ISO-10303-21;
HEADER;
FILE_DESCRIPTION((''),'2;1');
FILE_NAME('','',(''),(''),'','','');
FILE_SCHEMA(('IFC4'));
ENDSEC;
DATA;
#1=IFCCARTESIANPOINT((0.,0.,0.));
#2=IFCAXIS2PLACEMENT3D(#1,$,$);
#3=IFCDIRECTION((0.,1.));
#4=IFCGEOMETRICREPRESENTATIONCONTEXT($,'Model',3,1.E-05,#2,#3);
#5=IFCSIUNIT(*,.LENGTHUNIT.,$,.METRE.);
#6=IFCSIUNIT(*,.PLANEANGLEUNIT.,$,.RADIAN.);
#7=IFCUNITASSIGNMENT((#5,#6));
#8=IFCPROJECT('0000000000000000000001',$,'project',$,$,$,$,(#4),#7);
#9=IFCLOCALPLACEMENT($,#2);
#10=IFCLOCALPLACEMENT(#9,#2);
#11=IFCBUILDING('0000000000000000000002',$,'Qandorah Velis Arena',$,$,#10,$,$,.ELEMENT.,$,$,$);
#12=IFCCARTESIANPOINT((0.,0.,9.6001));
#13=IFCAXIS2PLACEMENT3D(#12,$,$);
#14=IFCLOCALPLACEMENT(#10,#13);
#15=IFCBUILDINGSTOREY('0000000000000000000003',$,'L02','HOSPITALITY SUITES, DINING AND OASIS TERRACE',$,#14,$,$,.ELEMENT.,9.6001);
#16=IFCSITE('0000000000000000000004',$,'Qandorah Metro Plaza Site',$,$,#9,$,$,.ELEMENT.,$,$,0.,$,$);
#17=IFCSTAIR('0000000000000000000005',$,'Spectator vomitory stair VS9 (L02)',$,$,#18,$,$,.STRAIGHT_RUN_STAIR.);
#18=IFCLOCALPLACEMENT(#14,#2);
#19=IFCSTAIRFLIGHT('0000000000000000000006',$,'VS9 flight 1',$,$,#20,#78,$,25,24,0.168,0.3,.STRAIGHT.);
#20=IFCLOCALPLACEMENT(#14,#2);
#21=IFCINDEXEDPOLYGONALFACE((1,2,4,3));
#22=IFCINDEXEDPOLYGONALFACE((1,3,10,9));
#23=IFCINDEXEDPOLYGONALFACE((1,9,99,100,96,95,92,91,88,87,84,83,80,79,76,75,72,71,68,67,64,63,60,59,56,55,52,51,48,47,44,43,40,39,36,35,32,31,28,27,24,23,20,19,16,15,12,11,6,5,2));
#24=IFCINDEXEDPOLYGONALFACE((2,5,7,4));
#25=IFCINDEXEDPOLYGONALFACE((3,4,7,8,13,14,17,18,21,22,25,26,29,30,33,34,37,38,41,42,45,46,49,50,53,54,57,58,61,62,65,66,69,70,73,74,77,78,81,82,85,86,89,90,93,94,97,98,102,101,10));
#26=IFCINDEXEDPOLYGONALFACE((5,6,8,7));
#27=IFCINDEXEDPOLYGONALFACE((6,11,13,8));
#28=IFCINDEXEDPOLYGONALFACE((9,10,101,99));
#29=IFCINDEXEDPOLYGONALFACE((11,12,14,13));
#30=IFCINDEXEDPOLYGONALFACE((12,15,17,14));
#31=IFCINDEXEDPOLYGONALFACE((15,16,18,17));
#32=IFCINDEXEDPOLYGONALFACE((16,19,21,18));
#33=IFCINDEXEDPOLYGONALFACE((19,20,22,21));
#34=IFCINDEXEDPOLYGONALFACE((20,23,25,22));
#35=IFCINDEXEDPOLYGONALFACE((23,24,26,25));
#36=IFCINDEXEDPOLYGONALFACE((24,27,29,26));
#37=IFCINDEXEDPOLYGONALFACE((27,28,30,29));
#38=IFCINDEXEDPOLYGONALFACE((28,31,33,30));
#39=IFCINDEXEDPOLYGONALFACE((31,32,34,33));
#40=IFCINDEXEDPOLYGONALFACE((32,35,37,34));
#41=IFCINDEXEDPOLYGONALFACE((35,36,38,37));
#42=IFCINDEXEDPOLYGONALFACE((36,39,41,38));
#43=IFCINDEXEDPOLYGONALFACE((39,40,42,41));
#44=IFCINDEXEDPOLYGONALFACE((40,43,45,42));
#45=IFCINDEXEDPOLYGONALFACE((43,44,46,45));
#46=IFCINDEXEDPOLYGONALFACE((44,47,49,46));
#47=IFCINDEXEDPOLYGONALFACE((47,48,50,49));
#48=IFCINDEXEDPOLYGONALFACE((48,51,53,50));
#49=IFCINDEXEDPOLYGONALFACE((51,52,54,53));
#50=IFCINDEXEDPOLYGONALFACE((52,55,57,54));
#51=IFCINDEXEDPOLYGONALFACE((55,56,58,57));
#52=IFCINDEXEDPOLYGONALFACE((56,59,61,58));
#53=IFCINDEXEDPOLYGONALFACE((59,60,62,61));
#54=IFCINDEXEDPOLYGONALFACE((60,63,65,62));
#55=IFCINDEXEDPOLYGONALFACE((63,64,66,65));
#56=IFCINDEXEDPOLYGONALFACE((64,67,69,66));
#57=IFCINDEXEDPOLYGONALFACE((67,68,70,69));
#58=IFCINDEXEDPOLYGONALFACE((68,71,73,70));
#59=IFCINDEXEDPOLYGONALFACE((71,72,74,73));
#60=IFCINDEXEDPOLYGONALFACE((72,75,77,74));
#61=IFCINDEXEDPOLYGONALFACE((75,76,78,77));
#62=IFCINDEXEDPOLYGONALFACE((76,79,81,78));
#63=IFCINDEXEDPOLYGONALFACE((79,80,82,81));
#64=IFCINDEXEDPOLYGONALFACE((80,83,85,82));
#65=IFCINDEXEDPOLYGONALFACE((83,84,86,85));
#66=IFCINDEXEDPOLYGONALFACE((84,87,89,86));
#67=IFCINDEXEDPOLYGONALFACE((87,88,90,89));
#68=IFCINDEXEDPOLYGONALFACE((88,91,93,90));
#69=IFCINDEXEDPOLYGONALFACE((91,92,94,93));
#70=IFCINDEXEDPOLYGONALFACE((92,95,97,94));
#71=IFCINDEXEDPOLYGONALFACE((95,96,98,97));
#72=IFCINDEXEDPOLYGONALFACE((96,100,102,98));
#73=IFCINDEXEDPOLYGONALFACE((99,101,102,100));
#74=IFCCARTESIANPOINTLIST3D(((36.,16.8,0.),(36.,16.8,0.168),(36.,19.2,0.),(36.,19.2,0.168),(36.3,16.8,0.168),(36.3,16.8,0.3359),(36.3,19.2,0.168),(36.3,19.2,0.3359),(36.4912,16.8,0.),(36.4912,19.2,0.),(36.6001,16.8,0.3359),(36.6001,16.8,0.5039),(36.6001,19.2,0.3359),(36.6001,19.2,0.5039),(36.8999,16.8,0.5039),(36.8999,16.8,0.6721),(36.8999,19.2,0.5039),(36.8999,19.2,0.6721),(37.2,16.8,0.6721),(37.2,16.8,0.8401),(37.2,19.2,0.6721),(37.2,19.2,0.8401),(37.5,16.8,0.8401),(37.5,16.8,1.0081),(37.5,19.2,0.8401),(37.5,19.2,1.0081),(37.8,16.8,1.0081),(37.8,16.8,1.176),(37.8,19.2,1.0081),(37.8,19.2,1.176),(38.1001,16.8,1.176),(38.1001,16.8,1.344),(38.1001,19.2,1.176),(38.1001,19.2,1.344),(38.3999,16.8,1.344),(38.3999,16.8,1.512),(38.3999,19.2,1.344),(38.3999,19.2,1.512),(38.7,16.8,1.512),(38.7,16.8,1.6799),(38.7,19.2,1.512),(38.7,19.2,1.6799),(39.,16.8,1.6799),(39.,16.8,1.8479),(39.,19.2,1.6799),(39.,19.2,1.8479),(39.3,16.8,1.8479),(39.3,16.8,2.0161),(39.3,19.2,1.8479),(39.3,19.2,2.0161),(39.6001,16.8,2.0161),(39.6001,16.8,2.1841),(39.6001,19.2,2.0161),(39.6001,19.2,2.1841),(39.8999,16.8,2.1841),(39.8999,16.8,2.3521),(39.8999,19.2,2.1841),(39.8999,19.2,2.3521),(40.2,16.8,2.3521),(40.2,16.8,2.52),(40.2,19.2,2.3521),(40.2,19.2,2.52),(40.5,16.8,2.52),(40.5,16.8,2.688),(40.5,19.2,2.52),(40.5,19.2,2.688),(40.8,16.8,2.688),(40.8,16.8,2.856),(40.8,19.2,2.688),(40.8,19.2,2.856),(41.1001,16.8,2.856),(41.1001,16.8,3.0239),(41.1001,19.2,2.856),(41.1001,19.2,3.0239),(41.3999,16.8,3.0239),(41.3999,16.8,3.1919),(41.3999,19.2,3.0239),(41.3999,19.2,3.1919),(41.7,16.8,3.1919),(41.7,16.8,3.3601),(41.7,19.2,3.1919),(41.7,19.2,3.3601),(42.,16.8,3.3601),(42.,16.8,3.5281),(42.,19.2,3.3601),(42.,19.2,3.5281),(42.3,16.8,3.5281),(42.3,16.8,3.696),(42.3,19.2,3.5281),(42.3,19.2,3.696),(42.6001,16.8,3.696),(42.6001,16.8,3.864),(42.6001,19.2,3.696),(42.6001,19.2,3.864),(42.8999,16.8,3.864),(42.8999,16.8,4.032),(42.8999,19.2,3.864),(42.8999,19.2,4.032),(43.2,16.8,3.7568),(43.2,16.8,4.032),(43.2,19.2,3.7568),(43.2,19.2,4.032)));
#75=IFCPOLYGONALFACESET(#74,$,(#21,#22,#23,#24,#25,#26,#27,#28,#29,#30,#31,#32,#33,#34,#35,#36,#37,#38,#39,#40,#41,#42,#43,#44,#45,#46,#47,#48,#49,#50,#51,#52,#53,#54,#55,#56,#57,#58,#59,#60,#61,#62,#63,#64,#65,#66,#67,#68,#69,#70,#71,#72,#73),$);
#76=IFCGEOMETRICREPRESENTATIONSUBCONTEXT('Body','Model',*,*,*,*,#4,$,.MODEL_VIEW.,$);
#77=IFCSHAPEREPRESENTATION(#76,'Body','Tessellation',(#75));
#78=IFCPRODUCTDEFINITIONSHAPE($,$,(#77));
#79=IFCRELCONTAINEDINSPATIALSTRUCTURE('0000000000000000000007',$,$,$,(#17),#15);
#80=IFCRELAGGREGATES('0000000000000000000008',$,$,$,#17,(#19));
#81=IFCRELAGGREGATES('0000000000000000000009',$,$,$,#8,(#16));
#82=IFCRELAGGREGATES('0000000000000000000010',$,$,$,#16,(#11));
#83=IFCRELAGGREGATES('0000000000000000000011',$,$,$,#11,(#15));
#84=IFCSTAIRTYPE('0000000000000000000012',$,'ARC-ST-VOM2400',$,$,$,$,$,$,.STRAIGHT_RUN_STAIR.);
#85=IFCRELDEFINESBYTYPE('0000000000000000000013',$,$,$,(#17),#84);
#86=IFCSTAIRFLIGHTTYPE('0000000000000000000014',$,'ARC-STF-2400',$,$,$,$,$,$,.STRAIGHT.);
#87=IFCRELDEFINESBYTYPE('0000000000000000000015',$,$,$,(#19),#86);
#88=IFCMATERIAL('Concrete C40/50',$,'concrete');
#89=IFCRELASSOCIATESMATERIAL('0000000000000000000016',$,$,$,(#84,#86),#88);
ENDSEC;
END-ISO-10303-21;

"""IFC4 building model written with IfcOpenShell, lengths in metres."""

from ifc_helpers import new_model, si_unit, direction, frame, origin, place, context, subcontext, project, spatial, polyline, outline, extrude, material, type_object, element, aggregate, save


model = new_model("IFC4")

# Units and contexts
model_context = context("Model", 3, precision=1e-05, world=origin(), true_north=direction((0.0, 1.0)))
body_context = subcontext(model_context, "Body", "Model", "MODEL_VIEW")
ifc_project = project(units=[si_unit("LENGTHUNIT", "METRE"), si_unit("PLANEANGLEUNIT", "RADIAN")], contexts=[model_context])

# Site, building, storey
site_placement = place(None, origin())
site = spatial("IfcSite", under=ifc_project, at=site_placement, Name="Qandorah Metro Plaza Site", CompositionType="ELEMENT", RefElevation=0.0)
building_placement = place(site_placement, origin())
building = spatial("IfcBuilding", under=site, at=building_placement, Name="Qandorah Velis Arena", CompositionType="ELEMENT")
storey_placement = place(building_placement, frame((0.0, 0.0, 9.6001)))
storey = spatial("IfcBuildingStorey", under=building, at=storey_placement, Name="L02", Description="HOSPITALITY SUITES, DINING AND OASIS TERRACE", CompositionType="ELEMENT", Elevation=9.6001)

# Shared definitions
ifc_material_1 = material(Name="Concrete C40/50", Category="concrete")

# Stair, stair flight
stair_type = type_object("IfcStairType", Name="ARC-ST-VOM2400", PredefinedType="STRAIGHT_RUN_STAIR", material=ifc_material_1)
stair_placement = place(storey_placement, origin())
stair = element("IfcStair", 1, at=stair_placement, inside=storey, type_object=stair_type, Name="Spectator vomitory stair VS9 (L02)", PredefinedType="STRAIGHT_RUN_STAIR")
stair_flight_type = type_object("IfcStairFlightType", Name="ARC-STF-2400", PredefinedType="STRAIGHT", material=ifc_material_1)
stair_flight_placement = place(storey_placement, frame((36.0, 18.0, 0.0), z_axis=(0.0, 0.0, 1.0), x_axis=(1.0, 0.0, 0.0)))
stair_flight = element("IfcStairFlight", 2, at=stair_flight_placement, type_object=stair_flight_type, Name="VS9 flight 1", NumberOfRisers=25, NumberOfTreads=24, PredefinedType="STRAIGHT", RiserHeight=0.168, TreadLength=0.3, context=body_context, shape_type="SweptSolid", body=[
    extrude(outline(polyline([(0.0, 0.0), (0.0, 0.168), (0.3, 0.168), (0.3, 0.3359), (0.6001, 0.3359), (0.6001, 0.5039), (0.8999, 0.5039), (0.8999, 0.6721), (1.2, 0.6721), (1.2, 0.8401), (1.5, 0.8401), (1.5, 1.0081), (1.8, 1.0081), (1.8, 1.176), (2.1001, 1.176), (2.1001, 1.344), (2.3999, 1.344), (2.3999, 1.512), (2.7, 1.512), (2.7, 1.6799), (3.0, 1.6799), (3.0, 1.8479), (3.3, 1.8479), (3.3, 2.0161), (3.6001, 2.0161), (3.6001, 2.1841), (3.8999, 2.1841), (3.8999, 2.3521), (4.2, 2.3521), (4.2, 2.52), (4.5, 2.52), (4.5, 2.688), (4.8, 2.688), (4.8, 2.856), (5.1001, 2.856), (5.1001, 3.0239), (5.3999, 3.0239), (5.3999, 3.1919), (5.7, 3.1919), (5.7, 3.3601), (6.0, 3.3601), (6.0, 3.5281), (6.3, 3.5281), (6.3, 3.696), (6.6001, 3.696), (6.6001, 3.864), (6.8999, 3.864), (6.8999, 4.032), (7.2, 4.032), (7.2, 4.2), (7.2, 3.7568), (0.4912, 0.0), (0.0, 0.0)])), frame((0.0, 1.2, 0.0), z_axis=(0.0, -1.0, 0.0), x_axis=(1.0, 0.0, 0.0)), (0.0, 0.0, 1.0), 2.3999),
])
aggregate(stair, [stair_flight])

save(model, "model.ifc")
